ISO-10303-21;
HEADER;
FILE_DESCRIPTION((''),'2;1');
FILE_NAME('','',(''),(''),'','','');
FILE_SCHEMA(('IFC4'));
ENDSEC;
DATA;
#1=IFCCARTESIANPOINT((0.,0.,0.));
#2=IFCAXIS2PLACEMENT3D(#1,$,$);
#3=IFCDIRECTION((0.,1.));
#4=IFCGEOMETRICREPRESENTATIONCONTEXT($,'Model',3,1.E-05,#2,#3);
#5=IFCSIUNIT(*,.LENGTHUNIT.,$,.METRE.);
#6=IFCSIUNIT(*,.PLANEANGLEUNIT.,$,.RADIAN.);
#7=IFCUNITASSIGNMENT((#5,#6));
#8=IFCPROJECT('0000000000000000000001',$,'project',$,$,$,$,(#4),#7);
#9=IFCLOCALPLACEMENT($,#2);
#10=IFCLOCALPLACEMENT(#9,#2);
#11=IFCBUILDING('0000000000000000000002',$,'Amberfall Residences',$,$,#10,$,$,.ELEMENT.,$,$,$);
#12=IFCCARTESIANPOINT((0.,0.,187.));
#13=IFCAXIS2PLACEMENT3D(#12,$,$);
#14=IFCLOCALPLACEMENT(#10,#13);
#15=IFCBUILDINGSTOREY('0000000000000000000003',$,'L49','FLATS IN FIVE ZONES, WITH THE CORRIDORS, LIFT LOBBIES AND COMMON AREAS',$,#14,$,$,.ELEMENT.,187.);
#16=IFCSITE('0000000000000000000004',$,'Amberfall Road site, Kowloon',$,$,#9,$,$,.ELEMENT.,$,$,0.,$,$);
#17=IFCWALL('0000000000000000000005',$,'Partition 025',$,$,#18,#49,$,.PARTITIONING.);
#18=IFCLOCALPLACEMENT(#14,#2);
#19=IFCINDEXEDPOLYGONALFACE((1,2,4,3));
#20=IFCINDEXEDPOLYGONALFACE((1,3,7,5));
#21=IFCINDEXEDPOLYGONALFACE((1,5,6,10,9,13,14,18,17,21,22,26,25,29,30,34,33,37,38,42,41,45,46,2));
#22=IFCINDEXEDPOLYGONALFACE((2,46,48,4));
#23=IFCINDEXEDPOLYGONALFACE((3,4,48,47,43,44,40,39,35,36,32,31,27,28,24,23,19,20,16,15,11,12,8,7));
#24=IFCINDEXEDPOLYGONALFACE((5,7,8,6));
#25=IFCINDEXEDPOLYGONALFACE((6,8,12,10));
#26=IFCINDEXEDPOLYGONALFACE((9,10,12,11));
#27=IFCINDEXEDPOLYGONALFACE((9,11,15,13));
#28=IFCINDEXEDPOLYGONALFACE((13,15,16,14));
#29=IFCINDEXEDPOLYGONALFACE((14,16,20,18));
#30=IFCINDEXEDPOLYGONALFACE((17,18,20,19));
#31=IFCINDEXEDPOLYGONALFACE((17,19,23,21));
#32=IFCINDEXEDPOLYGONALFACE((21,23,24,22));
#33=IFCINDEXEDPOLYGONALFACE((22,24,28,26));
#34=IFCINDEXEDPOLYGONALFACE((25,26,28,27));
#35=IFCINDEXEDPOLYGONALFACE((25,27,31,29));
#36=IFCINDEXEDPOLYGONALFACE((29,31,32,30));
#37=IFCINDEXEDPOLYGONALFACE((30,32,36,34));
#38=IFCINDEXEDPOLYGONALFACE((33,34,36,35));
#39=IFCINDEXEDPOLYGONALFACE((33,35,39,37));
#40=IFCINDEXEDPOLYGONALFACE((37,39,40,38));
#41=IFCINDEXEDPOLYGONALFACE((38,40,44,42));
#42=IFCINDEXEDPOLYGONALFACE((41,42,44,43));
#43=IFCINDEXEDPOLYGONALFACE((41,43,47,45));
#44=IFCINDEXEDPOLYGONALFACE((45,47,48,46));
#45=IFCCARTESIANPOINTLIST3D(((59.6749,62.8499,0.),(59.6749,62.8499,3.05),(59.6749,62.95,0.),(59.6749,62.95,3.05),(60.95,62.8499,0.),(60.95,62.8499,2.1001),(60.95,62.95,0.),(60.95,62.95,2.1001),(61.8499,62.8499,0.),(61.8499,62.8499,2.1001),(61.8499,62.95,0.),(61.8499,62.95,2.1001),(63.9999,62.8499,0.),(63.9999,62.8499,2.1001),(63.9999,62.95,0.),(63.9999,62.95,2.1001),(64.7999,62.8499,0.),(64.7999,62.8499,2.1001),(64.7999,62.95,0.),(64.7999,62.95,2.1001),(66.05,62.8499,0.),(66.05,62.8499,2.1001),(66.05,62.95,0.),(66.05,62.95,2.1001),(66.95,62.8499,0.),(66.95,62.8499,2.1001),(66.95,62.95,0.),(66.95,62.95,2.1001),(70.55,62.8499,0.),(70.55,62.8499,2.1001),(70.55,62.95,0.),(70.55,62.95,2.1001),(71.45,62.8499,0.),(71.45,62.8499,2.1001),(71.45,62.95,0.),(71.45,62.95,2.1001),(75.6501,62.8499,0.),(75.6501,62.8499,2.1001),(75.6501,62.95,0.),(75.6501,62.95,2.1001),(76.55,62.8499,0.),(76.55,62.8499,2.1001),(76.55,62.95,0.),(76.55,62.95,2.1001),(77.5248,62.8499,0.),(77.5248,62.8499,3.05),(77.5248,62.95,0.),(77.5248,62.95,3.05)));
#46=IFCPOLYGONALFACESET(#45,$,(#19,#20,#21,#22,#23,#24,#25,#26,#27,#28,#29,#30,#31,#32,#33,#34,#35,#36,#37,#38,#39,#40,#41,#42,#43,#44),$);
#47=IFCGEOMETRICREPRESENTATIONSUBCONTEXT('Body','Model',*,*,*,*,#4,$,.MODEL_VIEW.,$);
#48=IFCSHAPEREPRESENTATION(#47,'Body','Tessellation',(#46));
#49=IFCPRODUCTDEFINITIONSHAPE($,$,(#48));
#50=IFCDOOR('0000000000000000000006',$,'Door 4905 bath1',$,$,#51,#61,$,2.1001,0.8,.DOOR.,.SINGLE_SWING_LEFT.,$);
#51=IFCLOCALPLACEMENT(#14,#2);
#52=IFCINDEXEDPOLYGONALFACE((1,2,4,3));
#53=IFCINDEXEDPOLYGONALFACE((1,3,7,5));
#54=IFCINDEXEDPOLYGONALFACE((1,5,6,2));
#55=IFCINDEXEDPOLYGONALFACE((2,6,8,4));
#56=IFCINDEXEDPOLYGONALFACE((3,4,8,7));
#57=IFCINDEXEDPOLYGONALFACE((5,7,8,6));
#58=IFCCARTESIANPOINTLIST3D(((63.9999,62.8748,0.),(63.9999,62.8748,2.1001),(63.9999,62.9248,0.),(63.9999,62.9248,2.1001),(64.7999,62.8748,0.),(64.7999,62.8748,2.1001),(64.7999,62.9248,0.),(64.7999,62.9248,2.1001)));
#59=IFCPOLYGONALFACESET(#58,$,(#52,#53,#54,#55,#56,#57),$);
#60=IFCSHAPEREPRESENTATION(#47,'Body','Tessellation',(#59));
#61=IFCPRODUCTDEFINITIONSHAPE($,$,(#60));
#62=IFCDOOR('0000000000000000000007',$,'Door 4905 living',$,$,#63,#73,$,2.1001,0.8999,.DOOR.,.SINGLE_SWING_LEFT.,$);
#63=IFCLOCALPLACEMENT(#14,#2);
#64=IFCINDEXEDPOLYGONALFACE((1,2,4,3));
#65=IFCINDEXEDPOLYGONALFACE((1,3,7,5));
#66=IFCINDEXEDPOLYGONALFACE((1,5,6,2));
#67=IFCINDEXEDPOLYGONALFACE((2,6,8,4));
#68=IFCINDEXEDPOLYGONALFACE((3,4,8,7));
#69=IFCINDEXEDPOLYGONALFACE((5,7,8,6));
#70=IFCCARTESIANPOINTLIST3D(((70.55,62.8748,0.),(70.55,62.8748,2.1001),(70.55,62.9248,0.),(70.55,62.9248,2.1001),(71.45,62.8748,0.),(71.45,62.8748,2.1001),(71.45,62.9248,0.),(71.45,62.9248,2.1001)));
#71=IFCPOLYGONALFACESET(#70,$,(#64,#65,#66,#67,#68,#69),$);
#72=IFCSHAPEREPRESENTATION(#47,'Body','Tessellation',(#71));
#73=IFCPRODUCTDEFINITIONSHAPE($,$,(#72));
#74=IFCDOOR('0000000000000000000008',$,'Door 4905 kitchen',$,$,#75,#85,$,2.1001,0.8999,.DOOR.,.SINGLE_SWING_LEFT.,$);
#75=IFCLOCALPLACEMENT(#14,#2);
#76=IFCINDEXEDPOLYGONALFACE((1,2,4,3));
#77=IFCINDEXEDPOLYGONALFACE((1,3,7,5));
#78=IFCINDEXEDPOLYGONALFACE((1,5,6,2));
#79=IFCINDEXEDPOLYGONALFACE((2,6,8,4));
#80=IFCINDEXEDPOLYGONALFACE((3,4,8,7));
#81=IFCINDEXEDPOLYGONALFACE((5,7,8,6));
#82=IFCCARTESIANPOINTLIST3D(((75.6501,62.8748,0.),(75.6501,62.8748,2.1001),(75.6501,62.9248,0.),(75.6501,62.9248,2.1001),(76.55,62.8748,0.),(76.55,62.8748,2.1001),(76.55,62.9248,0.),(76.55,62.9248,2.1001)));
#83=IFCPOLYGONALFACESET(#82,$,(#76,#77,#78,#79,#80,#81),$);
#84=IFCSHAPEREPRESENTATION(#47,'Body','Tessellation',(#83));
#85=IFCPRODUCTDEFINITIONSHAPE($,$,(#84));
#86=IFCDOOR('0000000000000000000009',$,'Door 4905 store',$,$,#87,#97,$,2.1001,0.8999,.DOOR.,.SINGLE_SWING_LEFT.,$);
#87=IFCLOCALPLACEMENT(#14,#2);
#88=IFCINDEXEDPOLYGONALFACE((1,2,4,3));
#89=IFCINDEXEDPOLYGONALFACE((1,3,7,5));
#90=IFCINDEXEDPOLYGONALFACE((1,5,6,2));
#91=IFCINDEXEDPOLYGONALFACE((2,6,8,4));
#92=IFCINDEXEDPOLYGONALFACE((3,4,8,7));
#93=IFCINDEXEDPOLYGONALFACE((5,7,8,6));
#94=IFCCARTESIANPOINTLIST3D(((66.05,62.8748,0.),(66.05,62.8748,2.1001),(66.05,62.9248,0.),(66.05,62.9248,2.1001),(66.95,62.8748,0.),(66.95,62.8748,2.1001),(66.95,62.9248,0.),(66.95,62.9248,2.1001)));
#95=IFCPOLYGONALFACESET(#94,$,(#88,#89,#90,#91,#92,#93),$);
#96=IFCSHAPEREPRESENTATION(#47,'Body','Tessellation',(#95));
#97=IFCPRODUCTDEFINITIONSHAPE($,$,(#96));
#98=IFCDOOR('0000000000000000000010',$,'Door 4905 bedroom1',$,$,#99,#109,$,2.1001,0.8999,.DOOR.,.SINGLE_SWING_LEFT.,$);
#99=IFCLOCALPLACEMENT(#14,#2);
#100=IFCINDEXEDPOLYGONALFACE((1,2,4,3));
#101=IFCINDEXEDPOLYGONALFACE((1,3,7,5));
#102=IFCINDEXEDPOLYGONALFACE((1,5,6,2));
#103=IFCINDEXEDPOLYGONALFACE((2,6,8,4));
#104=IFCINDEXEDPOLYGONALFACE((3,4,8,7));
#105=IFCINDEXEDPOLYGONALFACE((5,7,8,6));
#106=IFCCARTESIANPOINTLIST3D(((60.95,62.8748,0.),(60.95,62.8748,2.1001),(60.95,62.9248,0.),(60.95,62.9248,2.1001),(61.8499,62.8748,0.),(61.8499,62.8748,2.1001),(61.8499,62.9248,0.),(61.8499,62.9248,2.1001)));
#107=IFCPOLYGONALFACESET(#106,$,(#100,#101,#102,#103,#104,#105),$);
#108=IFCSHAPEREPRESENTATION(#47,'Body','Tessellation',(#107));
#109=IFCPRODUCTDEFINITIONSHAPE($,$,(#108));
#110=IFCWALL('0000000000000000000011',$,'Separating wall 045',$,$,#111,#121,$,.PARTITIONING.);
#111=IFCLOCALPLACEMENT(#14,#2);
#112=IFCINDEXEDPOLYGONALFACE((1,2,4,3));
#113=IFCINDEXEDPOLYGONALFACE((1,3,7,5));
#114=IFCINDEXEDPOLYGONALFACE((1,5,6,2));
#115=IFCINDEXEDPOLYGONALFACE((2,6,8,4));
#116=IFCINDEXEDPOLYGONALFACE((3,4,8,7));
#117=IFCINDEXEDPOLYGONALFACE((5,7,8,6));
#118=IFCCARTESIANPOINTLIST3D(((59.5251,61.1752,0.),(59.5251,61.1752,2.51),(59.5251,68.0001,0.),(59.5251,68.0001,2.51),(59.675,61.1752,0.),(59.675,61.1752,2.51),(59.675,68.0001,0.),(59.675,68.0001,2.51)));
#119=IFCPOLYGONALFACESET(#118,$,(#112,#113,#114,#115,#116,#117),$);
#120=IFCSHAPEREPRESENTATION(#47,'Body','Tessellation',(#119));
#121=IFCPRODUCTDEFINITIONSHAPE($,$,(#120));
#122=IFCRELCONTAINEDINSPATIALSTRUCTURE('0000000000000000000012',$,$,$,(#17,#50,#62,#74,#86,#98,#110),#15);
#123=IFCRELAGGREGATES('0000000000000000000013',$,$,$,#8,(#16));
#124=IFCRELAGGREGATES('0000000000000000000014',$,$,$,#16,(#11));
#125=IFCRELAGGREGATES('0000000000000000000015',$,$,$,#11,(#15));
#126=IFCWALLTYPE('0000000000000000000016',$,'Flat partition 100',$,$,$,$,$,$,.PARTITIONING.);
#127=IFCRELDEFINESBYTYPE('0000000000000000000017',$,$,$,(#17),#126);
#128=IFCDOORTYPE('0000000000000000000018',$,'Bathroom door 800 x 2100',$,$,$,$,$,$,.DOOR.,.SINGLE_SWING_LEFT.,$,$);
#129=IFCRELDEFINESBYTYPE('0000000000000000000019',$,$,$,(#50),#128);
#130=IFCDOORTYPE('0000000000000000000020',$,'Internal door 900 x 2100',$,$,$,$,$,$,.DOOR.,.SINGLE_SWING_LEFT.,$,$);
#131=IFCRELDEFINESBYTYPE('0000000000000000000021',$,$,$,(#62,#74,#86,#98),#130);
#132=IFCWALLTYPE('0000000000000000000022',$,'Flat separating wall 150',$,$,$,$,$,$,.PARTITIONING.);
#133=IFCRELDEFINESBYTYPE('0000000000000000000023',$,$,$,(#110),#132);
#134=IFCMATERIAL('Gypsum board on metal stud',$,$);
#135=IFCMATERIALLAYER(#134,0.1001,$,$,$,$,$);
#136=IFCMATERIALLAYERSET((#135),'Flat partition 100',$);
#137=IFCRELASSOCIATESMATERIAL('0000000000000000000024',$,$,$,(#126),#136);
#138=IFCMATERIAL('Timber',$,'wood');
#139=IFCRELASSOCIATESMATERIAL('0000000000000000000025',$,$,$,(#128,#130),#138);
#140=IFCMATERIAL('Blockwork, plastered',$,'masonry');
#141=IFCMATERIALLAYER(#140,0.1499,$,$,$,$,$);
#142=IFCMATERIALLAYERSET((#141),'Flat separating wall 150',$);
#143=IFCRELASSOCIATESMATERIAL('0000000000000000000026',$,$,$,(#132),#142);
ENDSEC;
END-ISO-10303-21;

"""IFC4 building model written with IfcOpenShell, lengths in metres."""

from ifc_helpers import new_model, si_unit, direction, frame, frame_2d, origin, place, context, subcontext, project, spatial, rectangle, extrude, material, layer, layer_set, type_object, element, fill, save


model = new_model("IFC4")

# Units and contexts
model_context = context("Model", 3, precision=1e-05, world=origin(), true_north=direction((0.0, 1.0)))
body_context = subcontext(model_context, "Body", "Model", "MODEL_VIEW")
ifc_project = project(units=[si_unit("LENGTHUNIT", "METRE"), si_unit("PLANEANGLEUNIT", "RADIAN")], contexts=[model_context])

# Site, building, storey
site_placement = place(None, origin())
site = spatial("IfcSite", under=ifc_project, at=site_placement, Name="Amberfall Road site, Kowloon", CompositionType="ELEMENT", RefElevation=0.0)
building_placement = place(site_placement, origin())
building = spatial("IfcBuilding", under=site, at=building_placement, Name="Amberfall Residences", CompositionType="ELEMENT")
storey_placement = place(building_placement, frame((0.0, 0.0, 187.0)))
storey = spatial("IfcBuildingStorey", under=building, at=storey_placement, Name="L49", Description="FLATS IN FIVE ZONES, WITH THE CORRIDORS, LIFT LOBBIES AND COMMON AREAS", CompositionType="ELEMENT", Elevation=187.0)

# Shared definitions
ifc_material_1 = material(Name="Gypsum board on metal stud")
ifc_layer_1 = layer(ifc_material_1, 0.1001)
ifc_layer_set_1 = layer_set([ifc_layer_1], Name="Flat partition 100")
wall_type_1 = type_object("IfcWallType", Name="Flat partition 100", PredefinedType="PARTITIONING", material=ifc_layer_set_1)

# Wall, openings, doors
wall_1_placement = place(storey_placement, frame((59.675, 62.8999, 0.0), z_axis=(0.0, 0.0, 1.0), x_axis=(1.0, 0.0, 0.0)))
wall_1 = element("IfcWall", 1, at=wall_1_placement, inside=storey, type_object=wall_type_1, Name="Partition 025", PredefinedType="PARTITIONING", context=body_context, shape_type="SweptSolid", body=[
    extrude(rectangle(XDim=17.8499, YDim=0.1001, at=frame_2d((8.9248, 0.0))), origin(), (0.0, 0.0, 1.0), 3.05),
])
opening_1_placement = place(wall_1_placement, frame((10.875, 0.0, 0.0)))
opening_1 = element("IfcOpeningElement", 2, at=opening_1_placement, cuts=wall_1, PredefinedType="OPENING", context=body_context, shape_type="SweptSolid", body=[
    extrude(rectangle(XDim=0.8999, YDim=2.1001, at=frame_2d((0.45, 1.05))), frame((0.0, 0.0601, 0.0), z_axis=(0.0, -1.0, 0.0), x_axis=(1.0, 0.0, 0.0)), (0.0, 0.0, 1.0), 0.1201),
])
opening_2_placement = place(wall_1_placement, frame((15.9751, 0.0, 0.0)))
opening_2 = element("IfcOpeningElement", 3, at=opening_2_placement, cuts=wall_1, PredefinedType="OPENING", context=body_context, shape_type="SweptSolid", body=[
    extrude(rectangle(XDim=0.8999, YDim=2.1001, at=frame_2d((0.45, 1.05))), frame((0.0, 0.0601, 0.0), z_axis=(0.0, -1.0, 0.0), x_axis=(1.0, 0.0, 0.0)), (0.0, 0.0, 1.0), 0.1201),
])
opening_3_placement = place(wall_1_placement, frame((6.375, 0.0, 0.0)))
opening_3 = element("IfcOpeningElement", 4, at=opening_3_placement, cuts=wall_1, PredefinedType="OPENING", context=body_context, shape_type="SweptSolid", body=[
    extrude(rectangle(XDim=0.8999, YDim=2.1001, at=frame_2d((0.45, 1.05))), frame((0.0, 0.0601, 0.0), z_axis=(0.0, -1.0, 0.0), x_axis=(1.0, 0.0, 0.0)), (0.0, 0.0, 1.0), 0.1201),
])
opening_4_placement = place(wall_1_placement, frame((1.2749, 0.0, 0.0)))
opening_4 = element("IfcOpeningElement", 5, at=opening_4_placement, cuts=wall_1, PredefinedType="OPENING", context=body_context, shape_type="SweptSolid", body=[
    extrude(rectangle(XDim=0.8999, YDim=2.1001, at=frame_2d((0.45, 1.05))), frame((0.0, 0.0601, 0.0), z_axis=(0.0, -1.0, 0.0), x_axis=(1.0, 0.0, 0.0)), (0.0, 0.0, 1.0), 0.1201),
])
opening_5_placement = place(wall_1_placement, frame((4.325, 0.0, 0.0)))
opening_5 = element("IfcOpeningElement", 6, at=opening_5_placement, cuts=wall_1, PredefinedType="OPENING", context=body_context, shape_type="SweptSolid", body=[
    extrude(rectangle(XDim=0.8, YDim=2.1001, at=frame_2d((0.3999, 1.05))), frame((0.0, 0.0601, 0.0), z_axis=(0.0, -1.0, 0.0), x_axis=(1.0, 0.0, 0.0)), (0.0, 0.0, 1.0), 0.1201),
])
ifc_material_2 = material(Name="Timber", Category="wood")
door_type_1 = type_object("IfcDoorType", Name="Bathroom door 800 x 2100", OperationType="SINGLE_SWING_LEFT", PredefinedType="DOOR", material=ifc_material_2)
door_1_placement = place(opening_5_placement, origin())
door_1 = element("IfcDoor", 7, at=door_1_placement, inside=storey, type_object=door_type_1, Name="Door 4905 bath1", OperationType="SINGLE_SWING_LEFT", OverallHeight=2.1001, OverallWidth=0.8, PredefinedType="DOOR", context=body_context, shape_type="SweptSolid", body=[
    extrude(rectangle(XDim=0.8, YDim=2.1001, at=frame_2d((0.3999, 1.05))), frame((0.0, 0.0249, 0.0), z_axis=(0.0, -1.0, 0.0), x_axis=(1.0, 0.0, 0.0)), (0.0, 0.0, 1.0), 0.05),
])
fill(opening_5, door_1)
door_type_2 = type_object("IfcDoorType", Name="Internal door 900 x 2100", OperationType="SINGLE_SWING_LEFT", PredefinedType="DOOR", material=ifc_material_2)
door_2_placement = place(opening_1_placement, origin())
door_2 = element("IfcDoor", 8, at=door_2_placement, inside=storey, type_object=door_type_2, Name="Door 4905 living", OperationType="SINGLE_SWING_LEFT", OverallHeight=2.1001, OverallWidth=0.8999, PredefinedType="DOOR", context=body_context, shape_type="SweptSolid", body=[
    extrude(rectangle(XDim=0.8999, YDim=2.1001, at=frame_2d((0.45, 1.05))), frame((0.0, 0.0249, 0.0), z_axis=(0.0, -1.0, 0.0), x_axis=(1.0, 0.0, 0.0)), (0.0, 0.0, 1.0), 0.05),
])
fill(opening_1, door_2)
door_3_placement = place(opening_2_placement, origin())
door_3 = element("IfcDoor", 9, at=door_3_placement, inside=storey, type_object=door_type_2, Name="Door 4905 kitchen", OperationType="SINGLE_SWING_LEFT", OverallHeight=2.1001, OverallWidth=0.8999, PredefinedType="DOOR", context=body_context, shape_type="SweptSolid", body=[
    extrude(rectangle(XDim=0.8999, YDim=2.1001, at=frame_2d((0.45, 1.05))), frame((0.0, 0.0249, 0.0), z_axis=(0.0, -1.0, 0.0), x_axis=(1.0, 0.0, 0.0)), (0.0, 0.0, 1.0), 0.05),
])
fill(opening_2, door_3)
door_4_placement = place(opening_3_placement, origin())
door_4 = element("IfcDoor", 10, at=door_4_placement, inside=storey, type_object=door_type_2, Name="Door 4905 store", OperationType="SINGLE_SWING_LEFT", OverallHeight=2.1001, OverallWidth=0.8999, PredefinedType="DOOR", context=body_context, shape_type="SweptSolid", body=[
    extrude(rectangle(XDim=0.8999, YDim=2.1001, at=frame_2d((0.45, 1.05))), frame((0.0, 0.0249, 0.0), z_axis=(0.0, -1.0, 0.0), x_axis=(1.0, 0.0, 0.0)), (0.0, 0.0, 1.0), 0.05),
])
fill(opening_3, door_4)
door_5_placement = place(opening_4_placement, origin())
door_5 = element("IfcDoor", 11, at=door_5_placement, inside=storey, type_object=door_type_2, Name="Door 4905 bedroom1", OperationType="SINGLE_SWING_LEFT", OverallHeight=2.1001, OverallWidth=0.8999, PredefinedType="DOOR", context=body_context, shape_type="SweptSolid", body=[
    extrude(rectangle(XDim=0.8999, YDim=2.1001, at=frame_2d((0.45, 1.05))), frame((0.0, 0.0249, 0.0), z_axis=(0.0, -1.0, 0.0), x_axis=(1.0, 0.0, 0.0)), (0.0, 0.0, 1.0), 0.05),
])
fill(opening_4, door_5)

# Wall
ifc_material_3 = material(Name="Blockwork, plastered", Category="masonry")
ifc_layer_2 = layer(ifc_material_3, 0.1499)
ifc_layer_set_2 = layer_set([ifc_layer_2], Name="Flat separating wall 150")
wall_type_2 = type_object("IfcWallType", Name="Flat separating wall 150", PredefinedType="PARTITIONING", material=ifc_layer_set_2)
wall_2_placement = place(storey_placement, frame((59.6001, 61.175, 0.0), z_axis=(0.0, 0.0, 1.0), x_axis=(0.0, 1.0, 0.0)))
element("IfcWall", 12, at=wall_2_placement, inside=storey, type_object=wall_type_2, Name="Separating wall 045", PredefinedType="PARTITIONING", context=body_context, shape_type="SweptSolid", body=[
    extrude(rectangle(XDim=6.825, YDim=0.1499, at=frame_2d((3.4126, 0.0))), origin(), (0.0, 0.0, 1.0), 2.51),
])

save(model, "model.ifc")
